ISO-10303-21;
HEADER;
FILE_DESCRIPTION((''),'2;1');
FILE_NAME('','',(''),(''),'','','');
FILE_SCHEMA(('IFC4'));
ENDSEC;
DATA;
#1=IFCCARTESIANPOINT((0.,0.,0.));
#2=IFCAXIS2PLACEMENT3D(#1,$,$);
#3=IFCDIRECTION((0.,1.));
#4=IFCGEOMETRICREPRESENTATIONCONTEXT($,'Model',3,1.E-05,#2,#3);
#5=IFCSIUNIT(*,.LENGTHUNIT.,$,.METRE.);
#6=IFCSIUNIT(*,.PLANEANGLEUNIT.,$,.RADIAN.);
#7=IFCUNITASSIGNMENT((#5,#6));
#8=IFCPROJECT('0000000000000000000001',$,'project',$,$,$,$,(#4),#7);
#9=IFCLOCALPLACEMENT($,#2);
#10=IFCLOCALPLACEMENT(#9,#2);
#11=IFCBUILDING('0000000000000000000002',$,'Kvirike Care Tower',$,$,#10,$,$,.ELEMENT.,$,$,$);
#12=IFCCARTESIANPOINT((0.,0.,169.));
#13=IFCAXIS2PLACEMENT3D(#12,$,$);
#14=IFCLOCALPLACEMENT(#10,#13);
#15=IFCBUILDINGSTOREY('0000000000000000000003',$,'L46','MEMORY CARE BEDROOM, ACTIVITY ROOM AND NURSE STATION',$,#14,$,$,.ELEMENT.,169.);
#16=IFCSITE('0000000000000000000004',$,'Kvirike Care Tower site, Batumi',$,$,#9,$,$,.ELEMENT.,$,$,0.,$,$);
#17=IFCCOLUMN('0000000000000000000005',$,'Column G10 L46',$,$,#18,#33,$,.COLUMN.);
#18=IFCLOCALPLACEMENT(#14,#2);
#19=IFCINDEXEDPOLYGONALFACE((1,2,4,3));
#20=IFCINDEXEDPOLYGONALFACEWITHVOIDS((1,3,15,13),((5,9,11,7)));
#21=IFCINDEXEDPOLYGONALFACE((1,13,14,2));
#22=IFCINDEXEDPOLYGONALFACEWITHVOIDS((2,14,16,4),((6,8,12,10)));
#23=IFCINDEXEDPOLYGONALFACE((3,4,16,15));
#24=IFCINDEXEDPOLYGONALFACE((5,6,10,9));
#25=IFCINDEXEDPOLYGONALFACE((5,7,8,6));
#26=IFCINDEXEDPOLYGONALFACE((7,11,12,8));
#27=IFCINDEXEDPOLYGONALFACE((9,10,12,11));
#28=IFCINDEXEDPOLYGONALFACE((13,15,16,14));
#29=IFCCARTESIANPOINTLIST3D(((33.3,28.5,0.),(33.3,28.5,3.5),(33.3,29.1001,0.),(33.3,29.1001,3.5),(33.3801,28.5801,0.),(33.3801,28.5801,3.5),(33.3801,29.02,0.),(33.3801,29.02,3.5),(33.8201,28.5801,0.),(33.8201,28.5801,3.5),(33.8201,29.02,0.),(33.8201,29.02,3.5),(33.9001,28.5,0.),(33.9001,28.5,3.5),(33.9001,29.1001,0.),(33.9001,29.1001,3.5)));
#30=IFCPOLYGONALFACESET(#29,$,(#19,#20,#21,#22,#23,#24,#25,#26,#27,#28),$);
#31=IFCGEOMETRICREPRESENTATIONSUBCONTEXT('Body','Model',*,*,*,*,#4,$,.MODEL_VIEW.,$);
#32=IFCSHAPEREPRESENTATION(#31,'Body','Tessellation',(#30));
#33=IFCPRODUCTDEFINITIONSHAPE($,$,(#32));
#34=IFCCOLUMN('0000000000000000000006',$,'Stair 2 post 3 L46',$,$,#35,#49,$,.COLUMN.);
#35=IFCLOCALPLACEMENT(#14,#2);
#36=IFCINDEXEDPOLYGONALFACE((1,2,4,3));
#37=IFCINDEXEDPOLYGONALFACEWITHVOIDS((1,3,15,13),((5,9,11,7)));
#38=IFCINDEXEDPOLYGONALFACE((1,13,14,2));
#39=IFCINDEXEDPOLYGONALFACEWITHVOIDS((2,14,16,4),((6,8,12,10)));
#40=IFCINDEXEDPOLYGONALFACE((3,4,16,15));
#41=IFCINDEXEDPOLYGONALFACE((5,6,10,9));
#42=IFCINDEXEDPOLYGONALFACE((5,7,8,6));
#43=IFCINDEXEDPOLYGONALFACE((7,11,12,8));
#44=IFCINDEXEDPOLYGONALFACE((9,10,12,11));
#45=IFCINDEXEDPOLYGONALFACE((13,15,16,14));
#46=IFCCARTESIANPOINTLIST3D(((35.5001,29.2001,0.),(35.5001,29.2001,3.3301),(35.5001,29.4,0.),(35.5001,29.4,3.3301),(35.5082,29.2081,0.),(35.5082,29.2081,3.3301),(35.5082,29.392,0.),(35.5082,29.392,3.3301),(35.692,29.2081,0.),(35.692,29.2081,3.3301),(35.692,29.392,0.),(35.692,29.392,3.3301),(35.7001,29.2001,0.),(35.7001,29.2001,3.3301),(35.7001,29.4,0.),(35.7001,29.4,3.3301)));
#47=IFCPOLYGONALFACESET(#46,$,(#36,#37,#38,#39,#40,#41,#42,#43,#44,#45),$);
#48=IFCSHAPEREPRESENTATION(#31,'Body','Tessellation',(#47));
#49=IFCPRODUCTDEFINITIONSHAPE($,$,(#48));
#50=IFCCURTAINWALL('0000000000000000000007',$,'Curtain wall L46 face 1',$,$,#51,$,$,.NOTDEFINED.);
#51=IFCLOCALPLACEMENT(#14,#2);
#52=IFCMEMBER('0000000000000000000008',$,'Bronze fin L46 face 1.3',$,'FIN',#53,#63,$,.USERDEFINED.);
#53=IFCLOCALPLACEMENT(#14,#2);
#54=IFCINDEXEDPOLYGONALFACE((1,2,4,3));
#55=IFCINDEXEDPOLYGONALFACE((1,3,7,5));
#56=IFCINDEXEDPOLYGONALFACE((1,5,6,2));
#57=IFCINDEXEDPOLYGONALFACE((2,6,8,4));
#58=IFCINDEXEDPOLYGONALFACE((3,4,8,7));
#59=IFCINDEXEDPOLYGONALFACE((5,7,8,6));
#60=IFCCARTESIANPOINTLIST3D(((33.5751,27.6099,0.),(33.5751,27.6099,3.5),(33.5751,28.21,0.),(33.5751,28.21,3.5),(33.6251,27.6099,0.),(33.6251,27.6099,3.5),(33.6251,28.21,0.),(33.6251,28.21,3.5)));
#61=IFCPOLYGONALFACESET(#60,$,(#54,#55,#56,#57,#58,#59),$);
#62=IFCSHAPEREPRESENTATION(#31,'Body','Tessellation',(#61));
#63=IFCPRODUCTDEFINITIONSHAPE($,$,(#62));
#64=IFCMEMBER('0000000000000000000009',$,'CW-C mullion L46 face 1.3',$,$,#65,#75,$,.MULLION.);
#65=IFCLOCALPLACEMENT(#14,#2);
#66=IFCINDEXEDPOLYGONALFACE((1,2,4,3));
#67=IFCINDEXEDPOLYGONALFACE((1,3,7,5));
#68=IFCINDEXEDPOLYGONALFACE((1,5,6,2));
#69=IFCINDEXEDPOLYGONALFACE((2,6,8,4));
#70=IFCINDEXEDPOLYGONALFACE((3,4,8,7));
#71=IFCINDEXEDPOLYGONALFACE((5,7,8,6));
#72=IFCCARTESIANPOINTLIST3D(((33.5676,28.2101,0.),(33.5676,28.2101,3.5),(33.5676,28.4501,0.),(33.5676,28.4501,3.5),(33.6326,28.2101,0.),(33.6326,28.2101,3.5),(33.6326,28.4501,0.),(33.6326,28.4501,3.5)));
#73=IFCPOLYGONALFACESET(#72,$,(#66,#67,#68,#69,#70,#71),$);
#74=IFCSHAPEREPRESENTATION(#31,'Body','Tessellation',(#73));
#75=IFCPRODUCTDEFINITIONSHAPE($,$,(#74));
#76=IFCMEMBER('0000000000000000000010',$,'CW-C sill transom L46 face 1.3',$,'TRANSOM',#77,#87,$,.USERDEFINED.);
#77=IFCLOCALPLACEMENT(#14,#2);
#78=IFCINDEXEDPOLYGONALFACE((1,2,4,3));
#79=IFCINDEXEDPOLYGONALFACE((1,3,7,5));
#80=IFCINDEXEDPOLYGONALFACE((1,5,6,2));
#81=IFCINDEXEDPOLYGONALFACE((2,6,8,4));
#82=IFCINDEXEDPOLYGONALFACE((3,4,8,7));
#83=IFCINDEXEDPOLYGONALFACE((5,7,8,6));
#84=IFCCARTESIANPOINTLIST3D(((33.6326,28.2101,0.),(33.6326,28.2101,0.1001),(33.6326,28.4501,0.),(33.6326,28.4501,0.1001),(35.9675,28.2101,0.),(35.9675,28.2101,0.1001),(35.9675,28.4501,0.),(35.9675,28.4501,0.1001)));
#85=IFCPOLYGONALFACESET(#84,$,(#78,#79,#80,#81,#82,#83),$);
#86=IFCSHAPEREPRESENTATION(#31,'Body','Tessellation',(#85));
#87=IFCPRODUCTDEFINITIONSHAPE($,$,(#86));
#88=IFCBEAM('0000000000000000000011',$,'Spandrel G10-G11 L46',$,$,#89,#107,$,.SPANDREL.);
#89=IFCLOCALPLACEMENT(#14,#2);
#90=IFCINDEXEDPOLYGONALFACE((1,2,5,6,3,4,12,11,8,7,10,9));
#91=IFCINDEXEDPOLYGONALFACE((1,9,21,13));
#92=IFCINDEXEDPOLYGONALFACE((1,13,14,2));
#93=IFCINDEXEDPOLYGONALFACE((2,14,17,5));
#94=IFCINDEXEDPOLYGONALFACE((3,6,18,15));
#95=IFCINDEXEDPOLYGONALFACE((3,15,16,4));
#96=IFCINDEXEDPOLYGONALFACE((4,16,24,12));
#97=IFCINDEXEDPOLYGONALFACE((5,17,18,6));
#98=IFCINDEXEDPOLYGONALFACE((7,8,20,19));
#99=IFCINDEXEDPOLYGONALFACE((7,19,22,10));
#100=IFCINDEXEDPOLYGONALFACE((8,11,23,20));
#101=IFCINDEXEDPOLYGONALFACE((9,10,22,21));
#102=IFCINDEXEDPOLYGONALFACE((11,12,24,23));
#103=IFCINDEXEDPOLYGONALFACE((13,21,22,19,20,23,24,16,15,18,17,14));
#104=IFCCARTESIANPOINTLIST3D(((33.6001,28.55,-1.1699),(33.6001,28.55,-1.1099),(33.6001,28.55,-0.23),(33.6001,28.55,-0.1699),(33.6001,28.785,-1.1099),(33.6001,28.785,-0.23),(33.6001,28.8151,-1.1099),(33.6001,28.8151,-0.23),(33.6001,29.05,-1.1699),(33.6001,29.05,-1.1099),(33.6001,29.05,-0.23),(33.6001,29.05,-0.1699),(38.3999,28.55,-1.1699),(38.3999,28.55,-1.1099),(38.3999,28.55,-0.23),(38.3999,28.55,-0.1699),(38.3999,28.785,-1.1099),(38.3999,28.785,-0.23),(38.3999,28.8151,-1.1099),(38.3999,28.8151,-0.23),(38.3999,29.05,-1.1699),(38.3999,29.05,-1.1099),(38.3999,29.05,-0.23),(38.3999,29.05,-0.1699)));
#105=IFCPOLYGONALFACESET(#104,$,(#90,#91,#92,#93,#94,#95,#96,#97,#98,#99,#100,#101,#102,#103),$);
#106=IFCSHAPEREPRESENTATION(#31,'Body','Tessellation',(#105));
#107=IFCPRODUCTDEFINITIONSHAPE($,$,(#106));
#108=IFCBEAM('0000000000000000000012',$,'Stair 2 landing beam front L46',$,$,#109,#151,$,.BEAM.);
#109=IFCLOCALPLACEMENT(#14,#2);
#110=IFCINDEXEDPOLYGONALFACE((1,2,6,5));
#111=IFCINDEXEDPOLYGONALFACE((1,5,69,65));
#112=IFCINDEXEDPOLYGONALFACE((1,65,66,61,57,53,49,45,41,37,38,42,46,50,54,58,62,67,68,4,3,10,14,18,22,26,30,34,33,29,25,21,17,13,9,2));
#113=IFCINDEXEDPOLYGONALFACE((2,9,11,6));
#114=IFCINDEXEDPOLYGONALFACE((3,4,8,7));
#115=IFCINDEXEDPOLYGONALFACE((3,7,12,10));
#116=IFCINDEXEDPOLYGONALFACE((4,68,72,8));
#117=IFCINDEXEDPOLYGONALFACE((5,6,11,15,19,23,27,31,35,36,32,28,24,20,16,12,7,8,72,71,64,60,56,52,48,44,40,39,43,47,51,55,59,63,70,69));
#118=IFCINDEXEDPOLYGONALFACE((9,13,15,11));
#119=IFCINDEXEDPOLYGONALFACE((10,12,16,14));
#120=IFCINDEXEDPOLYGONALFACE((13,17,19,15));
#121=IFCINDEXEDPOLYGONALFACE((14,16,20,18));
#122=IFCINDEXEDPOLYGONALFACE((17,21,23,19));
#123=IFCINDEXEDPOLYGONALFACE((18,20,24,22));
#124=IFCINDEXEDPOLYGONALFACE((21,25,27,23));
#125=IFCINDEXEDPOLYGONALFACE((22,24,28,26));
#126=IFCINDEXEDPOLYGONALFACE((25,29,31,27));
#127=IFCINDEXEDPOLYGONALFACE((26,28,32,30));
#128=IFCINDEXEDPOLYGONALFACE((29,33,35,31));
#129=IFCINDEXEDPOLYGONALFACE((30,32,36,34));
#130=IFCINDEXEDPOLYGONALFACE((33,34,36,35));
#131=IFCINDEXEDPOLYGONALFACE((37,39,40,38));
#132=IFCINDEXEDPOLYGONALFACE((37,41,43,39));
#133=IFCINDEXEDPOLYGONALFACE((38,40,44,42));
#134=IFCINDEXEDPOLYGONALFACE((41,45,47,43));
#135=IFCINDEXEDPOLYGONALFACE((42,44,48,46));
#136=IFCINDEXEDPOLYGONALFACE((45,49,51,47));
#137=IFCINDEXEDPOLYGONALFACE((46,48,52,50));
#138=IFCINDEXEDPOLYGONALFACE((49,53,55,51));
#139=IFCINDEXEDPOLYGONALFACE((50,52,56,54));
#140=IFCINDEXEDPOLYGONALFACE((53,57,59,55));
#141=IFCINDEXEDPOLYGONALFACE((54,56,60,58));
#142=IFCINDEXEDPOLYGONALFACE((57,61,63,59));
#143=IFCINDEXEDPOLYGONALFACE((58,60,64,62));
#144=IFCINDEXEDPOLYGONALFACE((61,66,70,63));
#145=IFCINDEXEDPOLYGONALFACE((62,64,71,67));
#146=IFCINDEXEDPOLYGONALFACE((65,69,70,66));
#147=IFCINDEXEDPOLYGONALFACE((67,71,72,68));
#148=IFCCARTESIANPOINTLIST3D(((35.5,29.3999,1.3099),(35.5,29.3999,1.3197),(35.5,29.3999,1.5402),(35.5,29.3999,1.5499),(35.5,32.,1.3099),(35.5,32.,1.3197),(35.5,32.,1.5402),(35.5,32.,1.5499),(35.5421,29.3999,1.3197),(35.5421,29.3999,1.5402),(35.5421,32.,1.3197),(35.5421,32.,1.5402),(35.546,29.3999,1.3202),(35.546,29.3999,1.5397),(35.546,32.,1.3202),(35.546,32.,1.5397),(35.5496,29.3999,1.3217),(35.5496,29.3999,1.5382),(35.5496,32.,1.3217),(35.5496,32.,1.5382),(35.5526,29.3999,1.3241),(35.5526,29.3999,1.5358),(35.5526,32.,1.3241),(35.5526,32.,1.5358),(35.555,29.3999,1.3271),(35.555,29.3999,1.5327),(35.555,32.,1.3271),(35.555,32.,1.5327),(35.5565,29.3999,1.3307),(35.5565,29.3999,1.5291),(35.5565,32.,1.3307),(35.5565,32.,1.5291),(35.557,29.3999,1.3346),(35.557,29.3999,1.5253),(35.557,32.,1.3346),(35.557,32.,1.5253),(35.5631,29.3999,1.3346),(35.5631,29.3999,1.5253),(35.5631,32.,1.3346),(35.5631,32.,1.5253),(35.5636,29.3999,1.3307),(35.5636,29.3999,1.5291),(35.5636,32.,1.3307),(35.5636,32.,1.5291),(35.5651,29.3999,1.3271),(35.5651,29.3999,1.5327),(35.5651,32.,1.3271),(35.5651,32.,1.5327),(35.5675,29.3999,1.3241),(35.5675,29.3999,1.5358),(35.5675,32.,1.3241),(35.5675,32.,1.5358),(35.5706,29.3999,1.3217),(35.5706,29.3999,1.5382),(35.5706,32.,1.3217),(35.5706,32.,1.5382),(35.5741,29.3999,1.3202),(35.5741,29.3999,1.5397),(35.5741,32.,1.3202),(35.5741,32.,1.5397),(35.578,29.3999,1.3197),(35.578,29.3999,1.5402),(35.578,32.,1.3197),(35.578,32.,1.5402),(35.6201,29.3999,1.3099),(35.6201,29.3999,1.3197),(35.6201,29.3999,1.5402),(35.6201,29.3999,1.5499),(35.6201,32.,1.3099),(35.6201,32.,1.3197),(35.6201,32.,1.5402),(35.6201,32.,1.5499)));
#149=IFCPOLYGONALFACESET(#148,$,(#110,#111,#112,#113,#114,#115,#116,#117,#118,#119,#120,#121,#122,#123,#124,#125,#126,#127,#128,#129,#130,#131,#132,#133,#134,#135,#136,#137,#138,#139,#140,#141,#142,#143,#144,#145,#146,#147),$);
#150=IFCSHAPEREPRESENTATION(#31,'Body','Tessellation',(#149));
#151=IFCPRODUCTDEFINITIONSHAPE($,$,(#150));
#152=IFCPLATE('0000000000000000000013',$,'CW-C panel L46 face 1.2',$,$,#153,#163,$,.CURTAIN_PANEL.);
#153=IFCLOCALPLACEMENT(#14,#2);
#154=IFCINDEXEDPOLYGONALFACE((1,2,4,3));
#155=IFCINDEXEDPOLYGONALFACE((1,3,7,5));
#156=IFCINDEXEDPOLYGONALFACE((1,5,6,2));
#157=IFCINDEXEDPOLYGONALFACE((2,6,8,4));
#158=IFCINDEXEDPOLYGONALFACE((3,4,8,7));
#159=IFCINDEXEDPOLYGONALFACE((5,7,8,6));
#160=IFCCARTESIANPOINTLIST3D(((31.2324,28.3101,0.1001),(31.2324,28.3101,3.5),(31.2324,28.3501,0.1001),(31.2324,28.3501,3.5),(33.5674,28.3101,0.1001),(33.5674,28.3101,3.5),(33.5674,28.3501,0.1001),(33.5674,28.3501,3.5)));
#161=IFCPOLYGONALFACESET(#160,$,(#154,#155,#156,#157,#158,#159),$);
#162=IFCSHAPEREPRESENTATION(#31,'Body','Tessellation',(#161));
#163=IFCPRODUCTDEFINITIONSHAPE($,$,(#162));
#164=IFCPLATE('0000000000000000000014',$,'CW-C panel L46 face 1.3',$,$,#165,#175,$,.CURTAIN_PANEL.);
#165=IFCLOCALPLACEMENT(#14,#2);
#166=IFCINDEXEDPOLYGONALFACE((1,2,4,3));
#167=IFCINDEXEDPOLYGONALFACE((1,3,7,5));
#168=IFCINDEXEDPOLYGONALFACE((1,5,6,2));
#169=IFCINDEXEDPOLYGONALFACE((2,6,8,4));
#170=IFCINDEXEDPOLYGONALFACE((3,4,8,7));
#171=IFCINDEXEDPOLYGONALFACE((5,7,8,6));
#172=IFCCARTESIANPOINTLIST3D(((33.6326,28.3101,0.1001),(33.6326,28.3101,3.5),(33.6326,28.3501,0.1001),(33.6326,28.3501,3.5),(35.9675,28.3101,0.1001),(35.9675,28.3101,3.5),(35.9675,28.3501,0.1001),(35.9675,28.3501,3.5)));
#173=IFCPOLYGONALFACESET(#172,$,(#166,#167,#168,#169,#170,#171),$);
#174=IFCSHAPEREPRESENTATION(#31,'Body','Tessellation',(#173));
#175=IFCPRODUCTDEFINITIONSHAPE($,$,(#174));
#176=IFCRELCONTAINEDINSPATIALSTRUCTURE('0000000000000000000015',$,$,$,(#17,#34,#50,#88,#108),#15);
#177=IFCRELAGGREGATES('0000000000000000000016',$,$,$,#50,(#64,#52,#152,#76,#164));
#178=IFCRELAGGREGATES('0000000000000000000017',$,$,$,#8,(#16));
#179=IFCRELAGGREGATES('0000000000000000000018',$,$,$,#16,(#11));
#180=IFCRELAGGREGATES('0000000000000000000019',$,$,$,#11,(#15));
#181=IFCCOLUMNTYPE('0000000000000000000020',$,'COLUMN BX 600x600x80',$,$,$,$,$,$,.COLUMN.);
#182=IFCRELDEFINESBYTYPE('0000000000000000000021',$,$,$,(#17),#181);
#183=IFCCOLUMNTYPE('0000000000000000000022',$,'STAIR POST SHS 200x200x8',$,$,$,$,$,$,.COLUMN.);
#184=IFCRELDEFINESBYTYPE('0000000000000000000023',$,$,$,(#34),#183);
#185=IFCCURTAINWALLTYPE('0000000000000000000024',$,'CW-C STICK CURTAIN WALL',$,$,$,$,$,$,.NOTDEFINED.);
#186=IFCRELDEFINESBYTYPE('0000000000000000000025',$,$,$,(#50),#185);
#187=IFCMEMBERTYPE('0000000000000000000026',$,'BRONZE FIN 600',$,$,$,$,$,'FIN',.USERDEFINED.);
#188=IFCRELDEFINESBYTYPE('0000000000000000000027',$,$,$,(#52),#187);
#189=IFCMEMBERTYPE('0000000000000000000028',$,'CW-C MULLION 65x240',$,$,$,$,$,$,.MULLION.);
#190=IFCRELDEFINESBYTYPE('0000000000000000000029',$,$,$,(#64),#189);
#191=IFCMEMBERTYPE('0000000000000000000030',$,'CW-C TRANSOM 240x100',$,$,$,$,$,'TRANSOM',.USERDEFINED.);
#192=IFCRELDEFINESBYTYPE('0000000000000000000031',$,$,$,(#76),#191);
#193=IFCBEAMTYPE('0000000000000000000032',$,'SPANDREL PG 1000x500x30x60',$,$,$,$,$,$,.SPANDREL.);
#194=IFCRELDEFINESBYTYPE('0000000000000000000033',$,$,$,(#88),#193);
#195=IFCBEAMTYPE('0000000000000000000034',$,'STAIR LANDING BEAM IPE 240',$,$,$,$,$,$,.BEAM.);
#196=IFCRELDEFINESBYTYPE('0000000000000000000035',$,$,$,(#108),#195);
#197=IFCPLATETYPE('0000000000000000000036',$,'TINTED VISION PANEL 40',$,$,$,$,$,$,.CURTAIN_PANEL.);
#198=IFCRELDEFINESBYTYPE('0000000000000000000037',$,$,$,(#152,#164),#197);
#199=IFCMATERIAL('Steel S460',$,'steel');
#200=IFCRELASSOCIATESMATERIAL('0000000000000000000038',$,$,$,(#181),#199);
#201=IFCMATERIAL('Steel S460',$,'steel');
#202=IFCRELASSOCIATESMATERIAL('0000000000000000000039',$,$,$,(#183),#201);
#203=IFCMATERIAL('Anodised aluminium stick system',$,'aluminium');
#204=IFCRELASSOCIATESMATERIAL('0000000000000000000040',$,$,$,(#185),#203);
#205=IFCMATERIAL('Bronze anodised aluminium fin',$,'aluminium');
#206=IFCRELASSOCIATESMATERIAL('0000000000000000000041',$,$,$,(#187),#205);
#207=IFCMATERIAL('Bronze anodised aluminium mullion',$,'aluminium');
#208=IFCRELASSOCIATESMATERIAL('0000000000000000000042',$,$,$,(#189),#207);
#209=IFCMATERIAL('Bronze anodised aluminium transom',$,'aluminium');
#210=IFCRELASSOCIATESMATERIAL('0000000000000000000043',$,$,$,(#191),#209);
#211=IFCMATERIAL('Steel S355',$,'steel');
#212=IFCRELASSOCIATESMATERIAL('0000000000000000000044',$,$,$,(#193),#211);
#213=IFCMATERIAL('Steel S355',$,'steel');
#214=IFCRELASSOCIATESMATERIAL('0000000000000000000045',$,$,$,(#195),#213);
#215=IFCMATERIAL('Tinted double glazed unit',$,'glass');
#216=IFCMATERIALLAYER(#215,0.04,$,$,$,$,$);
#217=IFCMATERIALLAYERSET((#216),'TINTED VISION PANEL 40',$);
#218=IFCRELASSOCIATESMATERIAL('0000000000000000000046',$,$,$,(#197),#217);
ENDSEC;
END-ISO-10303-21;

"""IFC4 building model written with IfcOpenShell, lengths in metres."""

from ifc_helpers import new_model, si_unit, direction, frame, origin, origin_2d, place, context, subcontext, project, spatial, rectangle, hollow_rectangle, i_section, extrude, material, layer, layer_set, material_profile, profile_set, type_object, element, aggregate, save


model = new_model("IFC4")

# Units and contexts
model_context = context("Model", 3, precision=1e-05, world=origin(), true_north=direction((0.0, 1.0)))
body_context = subcontext(model_context, "Body", "Model", "MODEL_VIEW")
ifc_project = project(units=[si_unit("LENGTHUNIT", "METRE"), si_unit("PLANEANGLEUNIT", "RADIAN")], contexts=[model_context])

# Site, building, storey
site_placement = place(None, origin())
site = spatial("IfcSite", under=ifc_project, at=site_placement, Name="Kvirike Care Tower site, Batumi", CompositionType="ELEMENT", RefElevation=0.0)
building_placement = place(site_placement, origin())
building = spatial("IfcBuilding", under=site, at=building_placement, Name="Kvirike Care Tower", CompositionType="ELEMENT")
storey_placement = place(building_placement, frame((0.0, 0.0, 169.0)))
storey = spatial("IfcBuildingStorey", under=building, at=storey_placement, Name="L46", Description="MEMORY CARE BEDROOM, ACTIVITY ROOM AND NURSE STATION", CompositionType="ELEMENT", Elevation=169.0)

# Columns
ifc_material_1 = material(Name="Steel S460", Category="steel")
ifc_material_profile_1 = material_profile(ifc_material_1, hollow_rectangle(XDim=0.6001, YDim=0.6001, WallThickness=0.0801, at=origin_2d()), Name="BX 600x600x80")
ifc_profile_set_1 = profile_set([ifc_material_profile_1], Name="Steel S460")
column_type_1 = type_object("IfcColumnType", Name="COLUMN BX 600x600x80", PredefinedType="COLUMN", material=ifc_profile_set_1)
column_1_placement = place(storey_placement, frame((33.6001, 28.8, 0.0), z_axis=(0.0, 0.0, 1.0), x_axis=(0.0, 1.0, 0.0)))
element("IfcColumn", 1, at=column_1_placement, inside=storey, type_object=column_type_1, Name="Column G10 L46", PredefinedType="COLUMN", context=body_context, shape_type="SweptSolid", body=[
    extrude(hollow_rectangle(XDim=0.6001, YDim=0.6001, WallThickness=0.0801, at=origin_2d()), origin(), (0.0, 0.0, 1.0), 3.5),
])
ifc_material_2 = material(Name="Steel S460", Category="steel")
ifc_material_profile_2 = material_profile(ifc_material_2, hollow_rectangle(XDim=0.2, YDim=0.2, WallThickness=0.0081, at=origin_2d()), Name="SHS 200x200x8")
ifc_profile_set_2 = profile_set([ifc_material_profile_2], Name="Steel S460")
column_type_2 = type_object("IfcColumnType", Name="STAIR POST SHS 200x200x8", PredefinedType="COLUMN", material=ifc_profile_set_2)
column_2_placement = place(storey_placement, frame((35.6001, 29.3, 0.0), z_axis=(0.0, 0.0, 1.0), x_axis=(1.0, 0.0, 0.0)))
element("IfcColumn", 2, at=column_2_placement, inside=storey, type_object=column_type_2, Name="Stair 2 post 3 L46", PredefinedType="COLUMN", context=body_context, shape_type="SweptSolid", body=[
    extrude(hollow_rectangle(XDim=0.2, YDim=0.2, WallThickness=0.0081, at=origin_2d()), origin(), (0.0, 0.0, 1.0), 3.3301),
])

# Curtain wall, members
ifc_material_3 = material(Name="Anodised aluminium stick system", Category="aluminium")
curtain_wall_type = type_object("IfcCurtainWallType", Name="CW-C STICK CURTAIN WALL", PredefinedType="NOTDEFINED", material=ifc_material_3)
curtain_wall_placement = place(storey_placement, origin())
curtain_wall = element("IfcCurtainWall", 3, at=curtain_wall_placement, inside=storey, type_object=curtain_wall_type, Name="Curtain wall L46 face 1", PredefinedType="NOTDEFINED")
ifc_material_4 = material(Name="Bronze anodised aluminium fin", Category="aluminium")
ifc_material_profile_3 = material_profile(ifc_material_4, rectangle(XDim=0.05, YDim=0.6001, at=origin_2d()), Name="BRONZE FIN 600")
ifc_profile_set_3 = profile_set([ifc_material_profile_3], Name="Bronze anodised aluminium fin")
member_type_1 = type_object("IfcMemberType", Name="BRONZE FIN 600", ElementType="FIN", PredefinedType="USERDEFINED", material=ifc_profile_set_3)
member_1_placement = place(storey_placement, frame((33.6001, 27.9099, 0.0), z_axis=(0.0, 0.0, 1.0), x_axis=(1.0, 0.0, 0.0)))
member_1 = element("IfcMember", 4, at=member_1_placement, type_object=member_type_1, Name="Bronze fin L46 face 1.3", ObjectType="FIN", PredefinedType="USERDEFINED", context=body_context, shape_type="SweptSolid", body=[
    extrude(rectangle(XDim=0.05, YDim=0.6001, at=origin_2d()), origin(), (0.0, 0.0, 1.0), 3.5),
])
ifc_material_5 = material(Name="Bronze anodised aluminium mullion", Category="aluminium")
ifc_material_profile_4 = material_profile(ifc_material_5, rectangle(XDim=0.0649, YDim=0.24, at=origin_2d()), Name="CW-C MULLION 65x240")
ifc_profile_set_4 = profile_set([ifc_material_profile_4], Name="Bronze anodised aluminium mullion")
member_type_2 = type_object("IfcMemberType", Name="CW-C MULLION 65x240", PredefinedType="MULLION", material=ifc_profile_set_4)
member_2_placement = place(storey_placement, frame((33.6001, 28.3301, 0.0), z_axis=(0.0, 0.0, 1.0), x_axis=(1.0, 0.0, 0.0)))
member_2 = element("IfcMember", 5, at=member_2_placement, type_object=member_type_2, Name="CW-C mullion L46 face 1.3", PredefinedType="MULLION", context=body_context, shape_type="SweptSolid", body=[
    extrude(rectangle(XDim=0.0649, YDim=0.24, at=origin_2d()), origin(), (0.0, 0.0, 1.0), 3.5),
])
ifc_material_6 = material(Name="Bronze anodised aluminium transom", Category="aluminium")
ifc_material_profile_5 = material_profile(ifc_material_6, rectangle(XDim=0.24, YDim=0.1001, at=origin_2d()), Name="CW-C TRANSOM 240x100")
ifc_profile_set_5 = profile_set([ifc_material_profile_5], Name="Bronze anodised aluminium transom")
member_type_3 = type_object("IfcMemberType", Name="CW-C TRANSOM 240x100", ElementType="TRANSOM", PredefinedType="USERDEFINED", material=ifc_profile_set_5)
member_3_placement = place(storey_placement, frame((33.6326, 28.3301, 0.05), z_axis=(1.0, 0.0, 0.0), x_axis=(0.0, 1.0, 0.0)))
member_3 = element("IfcMember", 6, at=member_3_placement, type_object=member_type_3, Name="CW-C sill transom L46 face 1.3", ObjectType="TRANSOM", PredefinedType="USERDEFINED", context=body_context, shape_type="SweptSolid", body=[
    extrude(rectangle(XDim=0.24, YDim=0.1001, at=origin_2d()), origin(), (0.0, 0.0, 1.0), 2.335),
])

# Beams
ifc_material_7 = material(Name="Steel S355", Category="steel")
ifc_material_profile_6 = material_profile(ifc_material_7, i_section(OverallWidth=0.5, OverallDepth=1.0, WebThickness=0.03, FlangeThickness=0.0601, at=origin_2d()), Name="PG 1000x500x30x60")
ifc_profile_set_6 = profile_set([ifc_material_profile_6], Name="Steel S355")
beam_type_1 = type_object("IfcBeamType", Name="SPANDREL PG 1000x500x30x60", PredefinedType="SPANDREL", material=ifc_profile_set_6)
beam_1_placement = place(storey_placement, frame((33.6001, 28.8, -0.6699), z_axis=(1.0, 0.0, 0.0), x_axis=(0.0, 1.0, 0.0)))
element("IfcBeam", 7, at=beam_1_placement, inside=storey, type_object=beam_type_1, Name="Spandrel G10-G11 L46", PredefinedType="SPANDREL", context=body_context, shape_type="SweptSolid", body=[
    extrude(i_section(OverallWidth=0.5, OverallDepth=1.0, WebThickness=0.03, FlangeThickness=0.0601, at=origin_2d()), origin(), (0.0, 0.0, 1.0), 4.7998),
])
ifc_material_8 = material(Name="Steel S355", Category="steel")
ifc_material_profile_7 = material_profile(ifc_material_8, i_section(OverallWidth=0.1201, OverallDepth=0.24, WebThickness=0.0061, FlangeThickness=0.0098, FilletRadius=0.0149, at=origin_2d()), Name="IPE 240")
ifc_profile_set_7 = profile_set([ifc_material_profile_7], Name="Steel S355")
beam_type_2 = type_object("IfcBeamType", Name="STAIR LANDING BEAM IPE 240", PredefinedType="BEAM", material=ifc_profile_set_7)
beam_2_placement = place(storey_placement, frame((35.5601, 29.3999, 1.4299), z_axis=(0.0, 1.0, 0.0), x_axis=(-1.0, 0.0, 0.0)))
element("IfcBeam", 8, at=beam_2_placement, inside=storey, type_object=beam_type_2, Name="Stair 2 landing beam front L46", PredefinedType="BEAM", context=body_context, shape_type="SweptSolid", body=[
    extrude(i_section(OverallWidth=0.1201, OverallDepth=0.24, WebThickness=0.0061, FlangeThickness=0.0098, FilletRadius=0.0149, at=origin_2d()), origin(), (0.0, 0.0, 1.0), 2.6001),
])

# Plates
ifc_material_9 = material(Name="Tinted double glazed unit", Category="glass")
ifc_layer_1 = layer(ifc_material_9, 0.04)
ifc_layer_set_1 = layer_set([ifc_layer_1], Name="TINTED VISION PANEL 40")
plate_type = type_object("IfcPlateType", Name="TINTED VISION PANEL 40", PredefinedType="CURTAIN_PANEL", material=ifc_layer_set_1)
plate_1_placement = place(storey_placement, frame((32.3999, 28.3301, 0.1001), z_axis=(0.0, 0.0, 1.0), x_axis=(1.0, 0.0, 0.0)))
plate_1 = element("IfcPlate", 9, at=plate_1_placement, type_object=plate_type, Name="CW-C panel L46 face 1.2", PredefinedType="CURTAIN_PANEL", context=body_context, shape_type="SweptSolid", body=[
    extrude(rectangle(XDim=2.335, YDim=0.04, at=origin_2d()), origin(), (0.0, 0.0, 1.0), 3.3999),
])
plate_2_placement = place(storey_placement, frame((34.8, 28.3301, 0.1001), z_axis=(0.0, 0.0, 1.0), x_axis=(1.0, 0.0, 0.0)))
plate_2 = element("IfcPlate", 10, at=plate_2_placement, type_object=plate_type, Name="CW-C panel L46 face 1.3", PredefinedType="CURTAIN_PANEL", context=body_context, shape_type="SweptSolid", body=[
    extrude(rectangle(XDim=2.335, YDim=0.04, at=origin_2d()), origin(), (0.0, 0.0, 1.0), 3.3999),
])
aggregate(curtain_wall, [member_2, member_1, plate_1, member_3, plate_2])

save(model, "model.ifc")
